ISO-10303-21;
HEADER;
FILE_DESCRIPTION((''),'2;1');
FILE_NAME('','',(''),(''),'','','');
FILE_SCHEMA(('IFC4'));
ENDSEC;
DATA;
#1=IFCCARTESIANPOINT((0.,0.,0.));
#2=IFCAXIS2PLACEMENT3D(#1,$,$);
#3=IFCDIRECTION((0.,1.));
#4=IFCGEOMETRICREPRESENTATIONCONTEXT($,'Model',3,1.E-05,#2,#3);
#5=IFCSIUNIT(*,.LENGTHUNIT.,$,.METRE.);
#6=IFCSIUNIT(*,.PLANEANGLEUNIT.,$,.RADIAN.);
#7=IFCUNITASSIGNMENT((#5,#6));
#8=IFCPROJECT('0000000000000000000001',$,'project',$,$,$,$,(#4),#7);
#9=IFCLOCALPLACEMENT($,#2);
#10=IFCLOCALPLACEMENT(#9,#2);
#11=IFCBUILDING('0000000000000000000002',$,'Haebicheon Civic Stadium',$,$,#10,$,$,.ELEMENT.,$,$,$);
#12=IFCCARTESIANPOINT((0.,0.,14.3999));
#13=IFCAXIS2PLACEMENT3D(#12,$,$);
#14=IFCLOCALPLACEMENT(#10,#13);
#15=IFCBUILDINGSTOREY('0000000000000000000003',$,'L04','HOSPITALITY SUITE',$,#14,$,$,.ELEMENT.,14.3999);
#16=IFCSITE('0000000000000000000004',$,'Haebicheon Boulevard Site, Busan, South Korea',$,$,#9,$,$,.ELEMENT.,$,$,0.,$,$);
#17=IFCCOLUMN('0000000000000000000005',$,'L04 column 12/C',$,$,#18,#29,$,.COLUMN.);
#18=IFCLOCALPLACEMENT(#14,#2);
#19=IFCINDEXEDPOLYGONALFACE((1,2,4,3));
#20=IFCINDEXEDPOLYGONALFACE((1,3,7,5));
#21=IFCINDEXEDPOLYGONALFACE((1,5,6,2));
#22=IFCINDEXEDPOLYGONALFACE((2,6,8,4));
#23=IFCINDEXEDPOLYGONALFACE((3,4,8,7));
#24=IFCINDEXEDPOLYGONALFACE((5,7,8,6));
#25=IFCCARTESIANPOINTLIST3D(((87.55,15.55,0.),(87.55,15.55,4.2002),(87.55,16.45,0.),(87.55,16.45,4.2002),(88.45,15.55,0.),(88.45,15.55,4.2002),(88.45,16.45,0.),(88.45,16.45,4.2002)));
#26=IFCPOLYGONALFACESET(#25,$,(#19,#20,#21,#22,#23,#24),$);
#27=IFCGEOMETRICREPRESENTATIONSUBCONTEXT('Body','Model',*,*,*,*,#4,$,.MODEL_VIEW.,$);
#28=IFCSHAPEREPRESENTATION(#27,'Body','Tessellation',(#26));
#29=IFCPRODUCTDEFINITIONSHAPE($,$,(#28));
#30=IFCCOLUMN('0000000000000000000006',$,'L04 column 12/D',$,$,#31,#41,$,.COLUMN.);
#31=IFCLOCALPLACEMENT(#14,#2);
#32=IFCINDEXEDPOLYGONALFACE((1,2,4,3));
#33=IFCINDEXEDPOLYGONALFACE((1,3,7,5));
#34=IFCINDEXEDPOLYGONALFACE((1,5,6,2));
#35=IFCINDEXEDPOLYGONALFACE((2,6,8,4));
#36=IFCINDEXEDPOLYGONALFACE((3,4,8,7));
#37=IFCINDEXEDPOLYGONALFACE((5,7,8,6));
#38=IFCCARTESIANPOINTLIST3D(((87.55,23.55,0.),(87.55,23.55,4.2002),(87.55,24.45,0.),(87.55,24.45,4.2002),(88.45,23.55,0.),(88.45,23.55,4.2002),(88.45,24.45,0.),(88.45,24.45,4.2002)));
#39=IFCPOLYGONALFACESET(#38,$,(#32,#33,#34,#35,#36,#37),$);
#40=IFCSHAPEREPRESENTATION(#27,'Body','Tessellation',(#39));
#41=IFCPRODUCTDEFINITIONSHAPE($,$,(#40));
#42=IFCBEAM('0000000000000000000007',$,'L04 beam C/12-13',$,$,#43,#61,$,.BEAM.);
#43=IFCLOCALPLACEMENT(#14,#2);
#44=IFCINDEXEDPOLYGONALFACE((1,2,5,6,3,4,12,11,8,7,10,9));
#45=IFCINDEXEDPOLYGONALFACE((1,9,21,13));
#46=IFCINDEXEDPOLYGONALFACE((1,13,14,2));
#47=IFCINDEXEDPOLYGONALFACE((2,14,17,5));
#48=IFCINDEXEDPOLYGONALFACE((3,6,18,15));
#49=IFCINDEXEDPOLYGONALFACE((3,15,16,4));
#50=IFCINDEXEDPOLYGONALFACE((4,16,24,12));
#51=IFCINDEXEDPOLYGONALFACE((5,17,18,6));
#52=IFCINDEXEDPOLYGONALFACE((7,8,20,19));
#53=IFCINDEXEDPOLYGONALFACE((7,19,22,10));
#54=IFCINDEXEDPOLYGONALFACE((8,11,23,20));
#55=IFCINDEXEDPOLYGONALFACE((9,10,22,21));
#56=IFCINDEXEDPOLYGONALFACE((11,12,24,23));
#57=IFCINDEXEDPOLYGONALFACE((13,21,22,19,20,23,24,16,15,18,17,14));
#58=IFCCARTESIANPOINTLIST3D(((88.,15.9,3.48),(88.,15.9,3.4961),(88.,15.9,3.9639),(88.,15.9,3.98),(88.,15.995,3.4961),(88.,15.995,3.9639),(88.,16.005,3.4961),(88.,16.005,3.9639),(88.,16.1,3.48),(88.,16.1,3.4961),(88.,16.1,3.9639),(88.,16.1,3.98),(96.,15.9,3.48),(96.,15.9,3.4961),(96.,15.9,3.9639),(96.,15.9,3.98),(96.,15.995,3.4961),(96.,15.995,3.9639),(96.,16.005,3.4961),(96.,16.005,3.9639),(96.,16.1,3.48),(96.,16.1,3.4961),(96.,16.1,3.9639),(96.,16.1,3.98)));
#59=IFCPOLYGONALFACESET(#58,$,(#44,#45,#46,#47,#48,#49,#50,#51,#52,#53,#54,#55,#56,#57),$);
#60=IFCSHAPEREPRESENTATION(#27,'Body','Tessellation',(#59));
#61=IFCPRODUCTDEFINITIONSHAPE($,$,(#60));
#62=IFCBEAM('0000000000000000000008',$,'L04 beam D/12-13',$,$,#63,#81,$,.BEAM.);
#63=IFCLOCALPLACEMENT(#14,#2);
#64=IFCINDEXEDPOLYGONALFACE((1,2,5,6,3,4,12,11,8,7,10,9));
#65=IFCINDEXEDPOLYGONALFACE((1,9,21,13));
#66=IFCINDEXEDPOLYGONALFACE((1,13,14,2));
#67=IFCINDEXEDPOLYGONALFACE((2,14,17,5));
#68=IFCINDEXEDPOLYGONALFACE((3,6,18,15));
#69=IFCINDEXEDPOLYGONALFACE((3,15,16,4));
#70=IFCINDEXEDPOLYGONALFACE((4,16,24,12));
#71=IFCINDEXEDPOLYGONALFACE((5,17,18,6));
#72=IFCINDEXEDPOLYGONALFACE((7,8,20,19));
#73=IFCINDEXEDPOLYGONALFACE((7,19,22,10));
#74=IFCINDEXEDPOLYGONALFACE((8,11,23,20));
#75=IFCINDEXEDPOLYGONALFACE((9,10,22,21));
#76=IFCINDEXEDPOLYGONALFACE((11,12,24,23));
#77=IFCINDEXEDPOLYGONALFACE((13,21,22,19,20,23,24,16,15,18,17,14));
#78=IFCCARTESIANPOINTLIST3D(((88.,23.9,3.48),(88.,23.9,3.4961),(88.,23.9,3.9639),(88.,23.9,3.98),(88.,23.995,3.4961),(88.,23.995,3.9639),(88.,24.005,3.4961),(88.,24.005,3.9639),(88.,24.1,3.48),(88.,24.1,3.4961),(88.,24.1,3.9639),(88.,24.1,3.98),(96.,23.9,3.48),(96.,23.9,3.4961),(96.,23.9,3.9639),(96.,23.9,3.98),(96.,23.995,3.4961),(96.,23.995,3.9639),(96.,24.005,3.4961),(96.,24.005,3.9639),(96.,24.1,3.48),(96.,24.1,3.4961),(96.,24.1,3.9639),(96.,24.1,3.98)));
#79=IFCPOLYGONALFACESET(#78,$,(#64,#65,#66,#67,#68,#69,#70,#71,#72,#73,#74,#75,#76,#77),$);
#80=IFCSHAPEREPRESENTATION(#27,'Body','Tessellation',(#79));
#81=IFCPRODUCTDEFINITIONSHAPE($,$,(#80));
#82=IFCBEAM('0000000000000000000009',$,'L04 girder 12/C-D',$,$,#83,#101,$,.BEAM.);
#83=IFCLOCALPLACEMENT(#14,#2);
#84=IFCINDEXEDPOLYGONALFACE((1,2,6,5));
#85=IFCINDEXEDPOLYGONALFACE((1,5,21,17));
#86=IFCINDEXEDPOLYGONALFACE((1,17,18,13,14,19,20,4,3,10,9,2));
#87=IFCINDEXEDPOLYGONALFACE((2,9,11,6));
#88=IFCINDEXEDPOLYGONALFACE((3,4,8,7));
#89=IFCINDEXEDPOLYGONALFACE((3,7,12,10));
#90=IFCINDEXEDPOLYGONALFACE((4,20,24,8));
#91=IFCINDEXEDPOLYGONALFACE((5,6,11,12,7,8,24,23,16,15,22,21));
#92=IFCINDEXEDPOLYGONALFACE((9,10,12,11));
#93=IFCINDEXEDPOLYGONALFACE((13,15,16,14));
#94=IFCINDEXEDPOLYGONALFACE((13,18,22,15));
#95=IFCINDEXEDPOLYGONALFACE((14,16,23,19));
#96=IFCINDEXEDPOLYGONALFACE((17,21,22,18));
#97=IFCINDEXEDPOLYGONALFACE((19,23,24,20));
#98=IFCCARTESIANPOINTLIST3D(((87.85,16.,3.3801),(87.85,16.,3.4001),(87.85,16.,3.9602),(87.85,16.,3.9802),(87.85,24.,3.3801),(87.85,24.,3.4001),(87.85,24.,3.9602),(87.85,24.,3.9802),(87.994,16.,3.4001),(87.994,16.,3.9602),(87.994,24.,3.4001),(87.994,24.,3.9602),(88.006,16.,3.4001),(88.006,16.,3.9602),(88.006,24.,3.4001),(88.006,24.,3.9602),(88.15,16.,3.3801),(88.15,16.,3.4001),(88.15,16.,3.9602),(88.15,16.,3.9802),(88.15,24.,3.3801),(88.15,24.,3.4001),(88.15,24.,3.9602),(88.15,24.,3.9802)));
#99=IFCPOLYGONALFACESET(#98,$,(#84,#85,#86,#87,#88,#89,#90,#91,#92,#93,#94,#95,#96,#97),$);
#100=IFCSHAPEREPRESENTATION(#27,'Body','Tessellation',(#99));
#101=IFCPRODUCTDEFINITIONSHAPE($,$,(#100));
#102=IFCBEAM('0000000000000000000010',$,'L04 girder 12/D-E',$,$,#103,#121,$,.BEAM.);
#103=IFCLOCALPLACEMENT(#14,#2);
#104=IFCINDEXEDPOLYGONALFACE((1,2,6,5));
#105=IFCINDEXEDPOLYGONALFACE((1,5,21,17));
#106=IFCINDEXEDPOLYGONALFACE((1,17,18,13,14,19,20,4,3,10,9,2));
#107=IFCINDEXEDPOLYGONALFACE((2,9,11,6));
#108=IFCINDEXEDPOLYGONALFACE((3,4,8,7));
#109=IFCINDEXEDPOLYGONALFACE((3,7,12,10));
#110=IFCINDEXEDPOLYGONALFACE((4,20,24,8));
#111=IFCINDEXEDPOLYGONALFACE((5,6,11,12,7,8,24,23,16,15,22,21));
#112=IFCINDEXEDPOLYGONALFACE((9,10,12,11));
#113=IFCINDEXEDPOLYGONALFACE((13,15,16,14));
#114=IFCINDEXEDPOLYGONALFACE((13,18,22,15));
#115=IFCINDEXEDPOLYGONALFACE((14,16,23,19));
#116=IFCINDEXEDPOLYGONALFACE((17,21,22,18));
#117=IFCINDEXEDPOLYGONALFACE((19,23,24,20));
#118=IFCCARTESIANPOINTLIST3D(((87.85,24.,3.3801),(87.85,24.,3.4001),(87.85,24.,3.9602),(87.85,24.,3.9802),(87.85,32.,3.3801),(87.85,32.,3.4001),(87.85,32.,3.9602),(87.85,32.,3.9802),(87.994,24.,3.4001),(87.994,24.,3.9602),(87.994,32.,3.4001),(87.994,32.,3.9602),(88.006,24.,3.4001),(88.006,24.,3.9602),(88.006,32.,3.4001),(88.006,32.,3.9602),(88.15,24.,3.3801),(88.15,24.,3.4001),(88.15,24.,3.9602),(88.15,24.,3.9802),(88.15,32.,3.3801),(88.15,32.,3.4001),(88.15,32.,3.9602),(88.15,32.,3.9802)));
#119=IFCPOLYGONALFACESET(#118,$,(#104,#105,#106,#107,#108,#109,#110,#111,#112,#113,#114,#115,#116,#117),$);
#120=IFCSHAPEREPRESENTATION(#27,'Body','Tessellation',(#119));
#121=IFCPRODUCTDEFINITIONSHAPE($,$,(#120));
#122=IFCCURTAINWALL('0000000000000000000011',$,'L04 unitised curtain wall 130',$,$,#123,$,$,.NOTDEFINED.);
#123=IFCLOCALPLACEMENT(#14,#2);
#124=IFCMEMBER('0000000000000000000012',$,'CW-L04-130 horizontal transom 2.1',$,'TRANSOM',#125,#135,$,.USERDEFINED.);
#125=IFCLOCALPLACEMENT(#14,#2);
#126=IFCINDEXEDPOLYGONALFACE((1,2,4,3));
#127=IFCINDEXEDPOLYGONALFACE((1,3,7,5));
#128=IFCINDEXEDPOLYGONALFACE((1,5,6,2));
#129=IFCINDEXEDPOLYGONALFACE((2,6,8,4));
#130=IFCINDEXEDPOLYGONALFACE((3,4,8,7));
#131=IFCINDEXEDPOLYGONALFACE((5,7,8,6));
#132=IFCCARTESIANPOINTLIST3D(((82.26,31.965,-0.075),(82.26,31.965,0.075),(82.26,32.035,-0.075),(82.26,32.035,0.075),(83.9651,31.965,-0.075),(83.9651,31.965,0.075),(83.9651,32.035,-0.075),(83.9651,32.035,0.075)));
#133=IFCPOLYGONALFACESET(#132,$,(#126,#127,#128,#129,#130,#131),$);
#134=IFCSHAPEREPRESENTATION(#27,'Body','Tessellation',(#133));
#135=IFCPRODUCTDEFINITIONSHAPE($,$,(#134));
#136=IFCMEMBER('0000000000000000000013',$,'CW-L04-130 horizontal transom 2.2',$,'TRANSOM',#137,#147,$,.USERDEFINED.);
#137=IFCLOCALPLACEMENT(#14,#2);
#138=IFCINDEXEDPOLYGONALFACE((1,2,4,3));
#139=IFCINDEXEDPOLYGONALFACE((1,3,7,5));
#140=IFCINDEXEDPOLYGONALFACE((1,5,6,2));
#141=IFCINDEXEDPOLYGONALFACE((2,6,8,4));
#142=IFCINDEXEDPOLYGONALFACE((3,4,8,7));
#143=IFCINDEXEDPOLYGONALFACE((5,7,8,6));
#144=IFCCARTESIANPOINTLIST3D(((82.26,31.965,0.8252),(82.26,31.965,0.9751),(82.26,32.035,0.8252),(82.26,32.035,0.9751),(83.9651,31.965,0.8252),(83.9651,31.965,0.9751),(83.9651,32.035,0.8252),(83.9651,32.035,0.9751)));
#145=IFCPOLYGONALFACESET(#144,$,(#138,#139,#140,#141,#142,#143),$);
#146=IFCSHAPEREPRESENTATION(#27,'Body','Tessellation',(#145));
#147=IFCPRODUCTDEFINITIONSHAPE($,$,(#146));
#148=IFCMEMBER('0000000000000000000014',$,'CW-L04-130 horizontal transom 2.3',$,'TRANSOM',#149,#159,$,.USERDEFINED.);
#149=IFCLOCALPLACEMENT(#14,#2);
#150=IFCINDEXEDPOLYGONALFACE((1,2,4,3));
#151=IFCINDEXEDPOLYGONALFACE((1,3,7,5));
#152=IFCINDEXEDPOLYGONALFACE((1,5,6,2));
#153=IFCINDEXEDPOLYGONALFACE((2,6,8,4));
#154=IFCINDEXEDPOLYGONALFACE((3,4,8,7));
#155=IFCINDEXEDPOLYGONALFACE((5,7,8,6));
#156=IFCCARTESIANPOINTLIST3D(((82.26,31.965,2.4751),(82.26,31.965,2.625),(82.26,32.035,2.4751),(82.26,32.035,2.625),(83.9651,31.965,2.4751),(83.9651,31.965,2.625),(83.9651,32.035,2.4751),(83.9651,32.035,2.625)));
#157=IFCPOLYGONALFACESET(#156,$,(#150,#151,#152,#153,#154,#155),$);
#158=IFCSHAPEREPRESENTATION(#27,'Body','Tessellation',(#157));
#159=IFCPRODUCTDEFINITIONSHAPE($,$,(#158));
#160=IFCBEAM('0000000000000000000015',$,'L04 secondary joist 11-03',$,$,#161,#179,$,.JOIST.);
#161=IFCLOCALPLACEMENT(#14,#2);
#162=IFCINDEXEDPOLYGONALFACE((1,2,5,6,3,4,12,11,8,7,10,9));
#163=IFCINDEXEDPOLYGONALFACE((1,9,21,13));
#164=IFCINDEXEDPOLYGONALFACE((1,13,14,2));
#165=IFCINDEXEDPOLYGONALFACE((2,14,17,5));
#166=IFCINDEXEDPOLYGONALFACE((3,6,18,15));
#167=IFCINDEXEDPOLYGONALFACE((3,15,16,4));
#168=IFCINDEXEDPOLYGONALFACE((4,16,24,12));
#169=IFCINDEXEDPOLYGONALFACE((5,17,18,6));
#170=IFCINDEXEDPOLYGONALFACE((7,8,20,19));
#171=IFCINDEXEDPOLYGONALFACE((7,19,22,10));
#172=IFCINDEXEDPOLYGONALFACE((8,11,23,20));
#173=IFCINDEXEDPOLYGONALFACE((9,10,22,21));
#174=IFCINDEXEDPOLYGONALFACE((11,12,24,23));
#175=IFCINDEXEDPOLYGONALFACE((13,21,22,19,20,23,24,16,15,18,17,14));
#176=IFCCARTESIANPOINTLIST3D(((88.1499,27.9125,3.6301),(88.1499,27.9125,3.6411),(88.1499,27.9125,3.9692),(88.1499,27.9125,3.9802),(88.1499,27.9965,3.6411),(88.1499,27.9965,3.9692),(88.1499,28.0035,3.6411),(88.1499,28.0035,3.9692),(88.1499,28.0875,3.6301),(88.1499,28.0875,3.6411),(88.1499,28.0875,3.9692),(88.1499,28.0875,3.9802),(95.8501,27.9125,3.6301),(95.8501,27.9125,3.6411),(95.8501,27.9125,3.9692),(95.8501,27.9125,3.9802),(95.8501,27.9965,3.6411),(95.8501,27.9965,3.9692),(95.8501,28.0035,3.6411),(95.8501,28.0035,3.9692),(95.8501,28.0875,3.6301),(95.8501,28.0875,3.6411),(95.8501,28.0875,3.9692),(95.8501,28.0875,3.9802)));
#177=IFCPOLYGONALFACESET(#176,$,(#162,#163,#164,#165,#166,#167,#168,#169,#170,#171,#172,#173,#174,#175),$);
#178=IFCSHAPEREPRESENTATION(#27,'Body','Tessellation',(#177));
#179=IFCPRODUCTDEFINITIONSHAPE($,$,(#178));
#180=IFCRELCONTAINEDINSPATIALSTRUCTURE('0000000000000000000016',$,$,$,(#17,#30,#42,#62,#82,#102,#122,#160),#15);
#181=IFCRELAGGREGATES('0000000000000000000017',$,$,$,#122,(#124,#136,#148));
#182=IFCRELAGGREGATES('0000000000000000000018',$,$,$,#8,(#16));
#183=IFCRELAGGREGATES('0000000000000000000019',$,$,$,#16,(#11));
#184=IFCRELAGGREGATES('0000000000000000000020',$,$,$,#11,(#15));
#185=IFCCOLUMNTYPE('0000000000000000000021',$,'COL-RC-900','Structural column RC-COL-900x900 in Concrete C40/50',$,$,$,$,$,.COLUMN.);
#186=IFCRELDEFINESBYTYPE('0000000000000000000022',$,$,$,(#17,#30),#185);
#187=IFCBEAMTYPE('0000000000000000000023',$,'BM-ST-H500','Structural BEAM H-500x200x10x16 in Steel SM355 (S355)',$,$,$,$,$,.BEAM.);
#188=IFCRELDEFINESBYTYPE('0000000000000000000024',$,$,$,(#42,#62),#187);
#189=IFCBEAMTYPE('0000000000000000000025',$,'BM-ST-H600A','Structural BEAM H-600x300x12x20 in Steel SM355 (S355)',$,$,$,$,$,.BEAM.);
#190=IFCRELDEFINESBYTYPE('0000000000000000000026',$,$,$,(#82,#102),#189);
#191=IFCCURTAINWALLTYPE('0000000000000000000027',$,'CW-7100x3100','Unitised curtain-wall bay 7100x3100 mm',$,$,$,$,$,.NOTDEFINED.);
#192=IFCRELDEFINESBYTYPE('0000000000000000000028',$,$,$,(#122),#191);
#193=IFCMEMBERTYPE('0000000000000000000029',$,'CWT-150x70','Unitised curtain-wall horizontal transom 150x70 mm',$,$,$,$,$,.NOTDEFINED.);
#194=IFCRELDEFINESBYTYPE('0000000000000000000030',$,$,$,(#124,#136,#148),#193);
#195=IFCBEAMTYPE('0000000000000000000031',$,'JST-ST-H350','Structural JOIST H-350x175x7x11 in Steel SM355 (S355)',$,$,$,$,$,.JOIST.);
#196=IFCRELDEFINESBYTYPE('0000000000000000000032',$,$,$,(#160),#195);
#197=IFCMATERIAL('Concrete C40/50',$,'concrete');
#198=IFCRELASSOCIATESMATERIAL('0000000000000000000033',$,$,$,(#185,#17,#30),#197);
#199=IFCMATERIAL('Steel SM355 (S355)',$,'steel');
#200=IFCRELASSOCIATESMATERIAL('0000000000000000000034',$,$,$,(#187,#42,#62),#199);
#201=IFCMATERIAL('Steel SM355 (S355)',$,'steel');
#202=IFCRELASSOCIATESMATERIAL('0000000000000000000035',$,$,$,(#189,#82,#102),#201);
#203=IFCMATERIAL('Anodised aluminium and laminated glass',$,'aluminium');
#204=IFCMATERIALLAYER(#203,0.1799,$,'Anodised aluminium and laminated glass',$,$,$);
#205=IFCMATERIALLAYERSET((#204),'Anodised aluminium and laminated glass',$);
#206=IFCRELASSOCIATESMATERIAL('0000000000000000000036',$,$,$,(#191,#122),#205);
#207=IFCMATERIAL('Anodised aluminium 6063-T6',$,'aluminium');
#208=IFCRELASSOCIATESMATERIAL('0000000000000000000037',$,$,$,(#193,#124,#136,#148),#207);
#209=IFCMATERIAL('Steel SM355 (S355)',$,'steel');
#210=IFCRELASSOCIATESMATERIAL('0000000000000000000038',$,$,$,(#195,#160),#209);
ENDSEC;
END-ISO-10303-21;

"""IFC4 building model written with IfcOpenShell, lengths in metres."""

from ifc_helpers import new_model, si_unit, direction, frame, origin, origin_2d, place, context, subcontext, project, spatial, rectangle, i_section, extrude, material, layer, layer_set, material_profile, profile_set, type_object, element, aggregate, save


model = new_model("IFC4")

# Units and contexts
model_context = context("Model", 3, precision=1e-05, world=origin(), true_north=direction((0.0, 1.0)))
body_context = subcontext(model_context, "Body", "Model", "MODEL_VIEW")
ifc_project = project(units=[si_unit("LENGTHUNIT", "METRE"), si_unit("PLANEANGLEUNIT", "RADIAN")], contexts=[model_context])

# Site, building, storey
site_placement = place(None, origin())
site = spatial("IfcSite", under=ifc_project, at=site_placement, Name="Haebicheon Boulevard Site, Busan, South Korea", CompositionType="ELEMENT", RefElevation=0.0)
building_placement = place(site_placement, origin())
building = spatial("IfcBuilding", under=site, at=building_placement, Name="Haebicheon Civic Stadium", CompositionType="ELEMENT")
storey_placement = place(building_placement, frame((0.0, 0.0, 14.3999)))
storey = spatial("IfcBuildingStorey", under=building, at=storey_placement, Name="L04", Description="HOSPITALITY SUITE", CompositionType="ELEMENT", Elevation=14.3999)

# Columns
ifc_material_1 = material(Name="Concrete C40/50", Category="concrete")
ifc_material_profile_1 = material_profile(ifc_material_1, rectangle(XDim=0.8999, YDim=0.8999, at=origin_2d()), Name="RC-COL-900x900")
ifc_profile_set_1 = profile_set([ifc_material_profile_1], Name="Concrete C40/50")
column_type = type_object("IfcColumnType", Name="COL-RC-900", Description="Structural column RC-COL-900x900 in Concrete C40/50", PredefinedType="COLUMN", material=ifc_profile_set_1)
for number, where, z_axis, x_axis, name in (
    (1, (88.0, 16.0, 0.0), (0.0, 0.0, 1.0), (1.0, 0.0, 0.0), "L04 column 12/C"),
    (2, (88.0, 24.0, 0.0), (0.0, 0.0, 1.0), (1.0, 0.0, 0.0), "L04 column 12/D"),
):
    element("IfcColumn", number, at=place(storey_placement, frame(where, z_axis=z_axis, x_axis=x_axis)), inside=storey, type_object=column_type, material=ifc_profile_set_1, Name=name, PredefinedType="COLUMN", context=body_context, shape_type="SweptSolid", body=[
        extrude(rectangle(XDim=0.8999, YDim=0.8999, at=origin_2d()), origin(), (0.0, 0.0, 1.0), 4.2002),
    ])

# Beams
ifc_material_2 = material(Name="Steel SM355 (S355)", Category="steel")
ifc_material_profile_2 = material_profile(ifc_material_2, i_section(OverallWidth=0.2, OverallDepth=0.5, WebThickness=0.01, FlangeThickness=0.0161, at=origin_2d()), Name="H-500x200x10x16")
ifc_profile_set_2 = profile_set([ifc_material_profile_2], Name="Steel SM355 (S355)")
beam_type_1 = type_object("IfcBeamType", Name="BM-ST-H500", Description="Structural BEAM H-500x200x10x16 in Steel SM355 (S355)", PredefinedType="BEAM", material=ifc_profile_set_2)
for number, where, z_axis, x_axis, name in (
    (3, (88.0, 16.0, 3.73), (1.0, 0.0, 0.0), (0.0, 1.0, 0.0), "L04 beam C/12-13"),
    (4, (88.0, 24.0, 3.73), (1.0, 0.0, 0.0), (0.0, 1.0, 0.0), "L04 beam D/12-13"),
):
    element("IfcBeam", number, at=place(storey_placement, frame(where, z_axis=z_axis, x_axis=x_axis)), inside=storey, type_object=beam_type_1, material=ifc_profile_set_2, Name=name, PredefinedType="BEAM", context=body_context, shape_type="SweptSolid", body=[
        extrude(i_section(OverallWidth=0.2, OverallDepth=0.5, WebThickness=0.01, FlangeThickness=0.0161, at=origin_2d()), origin(), (0.0, 0.0, 1.0), 8.0),
    ])
ifc_material_3 = material(Name="Steel SM355 (S355)", Category="steel")
ifc_material_profile_3 = material_profile(ifc_material_3, i_section(OverallWidth=0.3, OverallDepth=0.6001, WebThickness=0.012, FlangeThickness=0.02, at=origin_2d()), Name="H-600x300x12x20")
ifc_profile_set_3 = profile_set([ifc_material_profile_3], Name="Steel SM355 (S355)")
beam_type_2 = type_object("IfcBeamType", Name="BM-ST-H600A", Description="Structural BEAM H-600x300x12x20 in Steel SM355 (S355)", PredefinedType="BEAM", material=ifc_profile_set_3)
for number, where, z_axis, x_axis, name in (
    (5, (88.0, 16.0, 3.6802), (0.0, 1.0, 0.0), (-1.0, 0.0, 0.0), "L04 girder 12/C-D"),
    (6, (88.0, 24.0, 3.6802), (0.0, 1.0, 0.0), (-1.0, 0.0, 0.0), "L04 girder 12/D-E"),
):
    element("IfcBeam", number, at=place(storey_placement, frame(where, z_axis=z_axis, x_axis=x_axis)), inside=storey, type_object=beam_type_2, material=ifc_profile_set_3, Name=name, PredefinedType="BEAM", context=body_context, shape_type="SweptSolid", body=[
        extrude(i_section(OverallWidth=0.3, OverallDepth=0.6001, WebThickness=0.012, FlangeThickness=0.02, at=origin_2d()), origin(), (0.0, 0.0, 1.0), 8.0),
    ])

# Curtain wall, members
ifc_material_4 = material(Name="Anodised aluminium and laminated glass", Category="aluminium")
ifc_layer_1 = layer(ifc_material_4, 0.1799, Name="Anodised aluminium and laminated glass")
ifc_layer_set_1 = layer_set([ifc_layer_1], Name="Anodised aluminium and laminated glass")
curtain_wall_type = type_object("IfcCurtainWallType", Name="CW-7100x3100", Description="Unitised curtain-wall bay 7100x3100 mm", PredefinedType="NOTDEFINED", material=ifc_layer_set_1)
curtain_wall_placement = place(storey_placement, origin())
curtain_wall = element("IfcCurtainWall", 7, at=curtain_wall_placement, inside=storey, type_object=curtain_wall_type, material=ifc_layer_set_1, Name="L04 unitised curtain wall 130", PredefinedType="NOTDEFINED")
ifc_material_5 = material(Name="Anodised aluminium 6063-T6", Category="aluminium")
ifc_material_profile_4 = material_profile(ifc_material_5, rectangle(XDim=0.0701, YDim=0.1499, at=origin_2d()), Name="ALU-TRAN-70x150")
ifc_profile_set_4 = profile_set([ifc_material_profile_4], Name="Anodised aluminium 6063-T6")
member_type = type_object("IfcMemberType", Name="CWT-150x70", Description="Unitised curtain-wall horizontal transom 150x70 mm", PredefinedType="NOTDEFINED", material=ifc_profile_set_4)
member_1_placement = place(storey_placement, frame((82.26, 32.0, 0.0), z_axis=(1.0, 0.0, 0.0), x_axis=(0.0, 1.0, 0.0)))
member_1 = element("IfcMember", 8, at=member_1_placement, type_object=member_type, material=ifc_profile_set_4, Name="CW-L04-130 horizontal transom 2.1", ObjectType="TRANSOM", PredefinedType="USERDEFINED", context=body_context, shape_type="SweptSolid", body=[
    extrude(rectangle(XDim=0.0701, YDim=0.1499, at=origin_2d()), origin(), (0.0, 0.0, 1.0), 1.7051),
])
member_2_placement = place(storey_placement, frame((82.26, 32.0, 0.9001), z_axis=(1.0, 0.0, 0.0), x_axis=(0.0, 1.0, 0.0)))
member_2 = element("IfcMember", 9, at=member_2_placement, type_object=member_type, material=ifc_profile_set_4, Name="CW-L04-130 horizontal transom 2.2", ObjectType="TRANSOM", PredefinedType="USERDEFINED", context=body_context, shape_type="SweptSolid", body=[
    extrude(rectangle(XDim=0.0701, YDim=0.1499, at=origin_2d()), origin(), (0.0, 0.0, 1.0), 1.7051),
])
member_3_placement = place(storey_placement, frame((82.26, 32.0, 2.55), z_axis=(1.0, 0.0, 0.0), x_axis=(0.0, 1.0, 0.0)))
member_3 = element("IfcMember", 10, at=member_3_placement, type_object=member_type, material=ifc_profile_set_4, Name="CW-L04-130 horizontal transom 2.3", ObjectType="TRANSOM", PredefinedType="USERDEFINED", context=body_context, shape_type="SweptSolid", body=[
    extrude(rectangle(XDim=0.0701, YDim=0.1499, at=origin_2d()), origin(), (0.0, 0.0, 1.0), 1.7051),
])
aggregate(curtain_wall, [member_1, member_2, member_3])

# Beam
ifc_material_6 = material(Name="Steel SM355 (S355)", Category="steel")
ifc_material_profile_5 = material_profile(ifc_material_6, i_section(OverallWidth=0.175, OverallDepth=0.3501, WebThickness=0.0071, FlangeThickness=0.011, at=origin_2d()), Name="H-350x175x7x11")
ifc_profile_set_5 = profile_set([ifc_material_profile_5], Name="Steel SM355 (S355)")
beam_type_3 = type_object("IfcBeamType", Name="JST-ST-H350", Description="Structural JOIST H-350x175x7x11 in Steel SM355 (S355)", PredefinedType="JOIST", material=ifc_profile_set_5)
beam_placement = place(storey_placement, frame((88.1499, 28.0, 3.8052), z_axis=(1.0, 0.0, 0.0), x_axis=(0.0, 1.0, 0.0)))
element("IfcBeam", 11, at=beam_placement, inside=storey, type_object=beam_type_3, material=ifc_profile_set_5, Name="L04 secondary joist 11-03", PredefinedType="JOIST", context=body_context, shape_type="SweptSolid", body=[
    extrude(i_section(OverallWidth=0.175, OverallDepth=0.3501, WebThickness=0.0071, FlangeThickness=0.011, at=origin_2d()), origin(), (0.0, 0.0, 1.0), 7.7002),
])

save(model, "model.ifc")
